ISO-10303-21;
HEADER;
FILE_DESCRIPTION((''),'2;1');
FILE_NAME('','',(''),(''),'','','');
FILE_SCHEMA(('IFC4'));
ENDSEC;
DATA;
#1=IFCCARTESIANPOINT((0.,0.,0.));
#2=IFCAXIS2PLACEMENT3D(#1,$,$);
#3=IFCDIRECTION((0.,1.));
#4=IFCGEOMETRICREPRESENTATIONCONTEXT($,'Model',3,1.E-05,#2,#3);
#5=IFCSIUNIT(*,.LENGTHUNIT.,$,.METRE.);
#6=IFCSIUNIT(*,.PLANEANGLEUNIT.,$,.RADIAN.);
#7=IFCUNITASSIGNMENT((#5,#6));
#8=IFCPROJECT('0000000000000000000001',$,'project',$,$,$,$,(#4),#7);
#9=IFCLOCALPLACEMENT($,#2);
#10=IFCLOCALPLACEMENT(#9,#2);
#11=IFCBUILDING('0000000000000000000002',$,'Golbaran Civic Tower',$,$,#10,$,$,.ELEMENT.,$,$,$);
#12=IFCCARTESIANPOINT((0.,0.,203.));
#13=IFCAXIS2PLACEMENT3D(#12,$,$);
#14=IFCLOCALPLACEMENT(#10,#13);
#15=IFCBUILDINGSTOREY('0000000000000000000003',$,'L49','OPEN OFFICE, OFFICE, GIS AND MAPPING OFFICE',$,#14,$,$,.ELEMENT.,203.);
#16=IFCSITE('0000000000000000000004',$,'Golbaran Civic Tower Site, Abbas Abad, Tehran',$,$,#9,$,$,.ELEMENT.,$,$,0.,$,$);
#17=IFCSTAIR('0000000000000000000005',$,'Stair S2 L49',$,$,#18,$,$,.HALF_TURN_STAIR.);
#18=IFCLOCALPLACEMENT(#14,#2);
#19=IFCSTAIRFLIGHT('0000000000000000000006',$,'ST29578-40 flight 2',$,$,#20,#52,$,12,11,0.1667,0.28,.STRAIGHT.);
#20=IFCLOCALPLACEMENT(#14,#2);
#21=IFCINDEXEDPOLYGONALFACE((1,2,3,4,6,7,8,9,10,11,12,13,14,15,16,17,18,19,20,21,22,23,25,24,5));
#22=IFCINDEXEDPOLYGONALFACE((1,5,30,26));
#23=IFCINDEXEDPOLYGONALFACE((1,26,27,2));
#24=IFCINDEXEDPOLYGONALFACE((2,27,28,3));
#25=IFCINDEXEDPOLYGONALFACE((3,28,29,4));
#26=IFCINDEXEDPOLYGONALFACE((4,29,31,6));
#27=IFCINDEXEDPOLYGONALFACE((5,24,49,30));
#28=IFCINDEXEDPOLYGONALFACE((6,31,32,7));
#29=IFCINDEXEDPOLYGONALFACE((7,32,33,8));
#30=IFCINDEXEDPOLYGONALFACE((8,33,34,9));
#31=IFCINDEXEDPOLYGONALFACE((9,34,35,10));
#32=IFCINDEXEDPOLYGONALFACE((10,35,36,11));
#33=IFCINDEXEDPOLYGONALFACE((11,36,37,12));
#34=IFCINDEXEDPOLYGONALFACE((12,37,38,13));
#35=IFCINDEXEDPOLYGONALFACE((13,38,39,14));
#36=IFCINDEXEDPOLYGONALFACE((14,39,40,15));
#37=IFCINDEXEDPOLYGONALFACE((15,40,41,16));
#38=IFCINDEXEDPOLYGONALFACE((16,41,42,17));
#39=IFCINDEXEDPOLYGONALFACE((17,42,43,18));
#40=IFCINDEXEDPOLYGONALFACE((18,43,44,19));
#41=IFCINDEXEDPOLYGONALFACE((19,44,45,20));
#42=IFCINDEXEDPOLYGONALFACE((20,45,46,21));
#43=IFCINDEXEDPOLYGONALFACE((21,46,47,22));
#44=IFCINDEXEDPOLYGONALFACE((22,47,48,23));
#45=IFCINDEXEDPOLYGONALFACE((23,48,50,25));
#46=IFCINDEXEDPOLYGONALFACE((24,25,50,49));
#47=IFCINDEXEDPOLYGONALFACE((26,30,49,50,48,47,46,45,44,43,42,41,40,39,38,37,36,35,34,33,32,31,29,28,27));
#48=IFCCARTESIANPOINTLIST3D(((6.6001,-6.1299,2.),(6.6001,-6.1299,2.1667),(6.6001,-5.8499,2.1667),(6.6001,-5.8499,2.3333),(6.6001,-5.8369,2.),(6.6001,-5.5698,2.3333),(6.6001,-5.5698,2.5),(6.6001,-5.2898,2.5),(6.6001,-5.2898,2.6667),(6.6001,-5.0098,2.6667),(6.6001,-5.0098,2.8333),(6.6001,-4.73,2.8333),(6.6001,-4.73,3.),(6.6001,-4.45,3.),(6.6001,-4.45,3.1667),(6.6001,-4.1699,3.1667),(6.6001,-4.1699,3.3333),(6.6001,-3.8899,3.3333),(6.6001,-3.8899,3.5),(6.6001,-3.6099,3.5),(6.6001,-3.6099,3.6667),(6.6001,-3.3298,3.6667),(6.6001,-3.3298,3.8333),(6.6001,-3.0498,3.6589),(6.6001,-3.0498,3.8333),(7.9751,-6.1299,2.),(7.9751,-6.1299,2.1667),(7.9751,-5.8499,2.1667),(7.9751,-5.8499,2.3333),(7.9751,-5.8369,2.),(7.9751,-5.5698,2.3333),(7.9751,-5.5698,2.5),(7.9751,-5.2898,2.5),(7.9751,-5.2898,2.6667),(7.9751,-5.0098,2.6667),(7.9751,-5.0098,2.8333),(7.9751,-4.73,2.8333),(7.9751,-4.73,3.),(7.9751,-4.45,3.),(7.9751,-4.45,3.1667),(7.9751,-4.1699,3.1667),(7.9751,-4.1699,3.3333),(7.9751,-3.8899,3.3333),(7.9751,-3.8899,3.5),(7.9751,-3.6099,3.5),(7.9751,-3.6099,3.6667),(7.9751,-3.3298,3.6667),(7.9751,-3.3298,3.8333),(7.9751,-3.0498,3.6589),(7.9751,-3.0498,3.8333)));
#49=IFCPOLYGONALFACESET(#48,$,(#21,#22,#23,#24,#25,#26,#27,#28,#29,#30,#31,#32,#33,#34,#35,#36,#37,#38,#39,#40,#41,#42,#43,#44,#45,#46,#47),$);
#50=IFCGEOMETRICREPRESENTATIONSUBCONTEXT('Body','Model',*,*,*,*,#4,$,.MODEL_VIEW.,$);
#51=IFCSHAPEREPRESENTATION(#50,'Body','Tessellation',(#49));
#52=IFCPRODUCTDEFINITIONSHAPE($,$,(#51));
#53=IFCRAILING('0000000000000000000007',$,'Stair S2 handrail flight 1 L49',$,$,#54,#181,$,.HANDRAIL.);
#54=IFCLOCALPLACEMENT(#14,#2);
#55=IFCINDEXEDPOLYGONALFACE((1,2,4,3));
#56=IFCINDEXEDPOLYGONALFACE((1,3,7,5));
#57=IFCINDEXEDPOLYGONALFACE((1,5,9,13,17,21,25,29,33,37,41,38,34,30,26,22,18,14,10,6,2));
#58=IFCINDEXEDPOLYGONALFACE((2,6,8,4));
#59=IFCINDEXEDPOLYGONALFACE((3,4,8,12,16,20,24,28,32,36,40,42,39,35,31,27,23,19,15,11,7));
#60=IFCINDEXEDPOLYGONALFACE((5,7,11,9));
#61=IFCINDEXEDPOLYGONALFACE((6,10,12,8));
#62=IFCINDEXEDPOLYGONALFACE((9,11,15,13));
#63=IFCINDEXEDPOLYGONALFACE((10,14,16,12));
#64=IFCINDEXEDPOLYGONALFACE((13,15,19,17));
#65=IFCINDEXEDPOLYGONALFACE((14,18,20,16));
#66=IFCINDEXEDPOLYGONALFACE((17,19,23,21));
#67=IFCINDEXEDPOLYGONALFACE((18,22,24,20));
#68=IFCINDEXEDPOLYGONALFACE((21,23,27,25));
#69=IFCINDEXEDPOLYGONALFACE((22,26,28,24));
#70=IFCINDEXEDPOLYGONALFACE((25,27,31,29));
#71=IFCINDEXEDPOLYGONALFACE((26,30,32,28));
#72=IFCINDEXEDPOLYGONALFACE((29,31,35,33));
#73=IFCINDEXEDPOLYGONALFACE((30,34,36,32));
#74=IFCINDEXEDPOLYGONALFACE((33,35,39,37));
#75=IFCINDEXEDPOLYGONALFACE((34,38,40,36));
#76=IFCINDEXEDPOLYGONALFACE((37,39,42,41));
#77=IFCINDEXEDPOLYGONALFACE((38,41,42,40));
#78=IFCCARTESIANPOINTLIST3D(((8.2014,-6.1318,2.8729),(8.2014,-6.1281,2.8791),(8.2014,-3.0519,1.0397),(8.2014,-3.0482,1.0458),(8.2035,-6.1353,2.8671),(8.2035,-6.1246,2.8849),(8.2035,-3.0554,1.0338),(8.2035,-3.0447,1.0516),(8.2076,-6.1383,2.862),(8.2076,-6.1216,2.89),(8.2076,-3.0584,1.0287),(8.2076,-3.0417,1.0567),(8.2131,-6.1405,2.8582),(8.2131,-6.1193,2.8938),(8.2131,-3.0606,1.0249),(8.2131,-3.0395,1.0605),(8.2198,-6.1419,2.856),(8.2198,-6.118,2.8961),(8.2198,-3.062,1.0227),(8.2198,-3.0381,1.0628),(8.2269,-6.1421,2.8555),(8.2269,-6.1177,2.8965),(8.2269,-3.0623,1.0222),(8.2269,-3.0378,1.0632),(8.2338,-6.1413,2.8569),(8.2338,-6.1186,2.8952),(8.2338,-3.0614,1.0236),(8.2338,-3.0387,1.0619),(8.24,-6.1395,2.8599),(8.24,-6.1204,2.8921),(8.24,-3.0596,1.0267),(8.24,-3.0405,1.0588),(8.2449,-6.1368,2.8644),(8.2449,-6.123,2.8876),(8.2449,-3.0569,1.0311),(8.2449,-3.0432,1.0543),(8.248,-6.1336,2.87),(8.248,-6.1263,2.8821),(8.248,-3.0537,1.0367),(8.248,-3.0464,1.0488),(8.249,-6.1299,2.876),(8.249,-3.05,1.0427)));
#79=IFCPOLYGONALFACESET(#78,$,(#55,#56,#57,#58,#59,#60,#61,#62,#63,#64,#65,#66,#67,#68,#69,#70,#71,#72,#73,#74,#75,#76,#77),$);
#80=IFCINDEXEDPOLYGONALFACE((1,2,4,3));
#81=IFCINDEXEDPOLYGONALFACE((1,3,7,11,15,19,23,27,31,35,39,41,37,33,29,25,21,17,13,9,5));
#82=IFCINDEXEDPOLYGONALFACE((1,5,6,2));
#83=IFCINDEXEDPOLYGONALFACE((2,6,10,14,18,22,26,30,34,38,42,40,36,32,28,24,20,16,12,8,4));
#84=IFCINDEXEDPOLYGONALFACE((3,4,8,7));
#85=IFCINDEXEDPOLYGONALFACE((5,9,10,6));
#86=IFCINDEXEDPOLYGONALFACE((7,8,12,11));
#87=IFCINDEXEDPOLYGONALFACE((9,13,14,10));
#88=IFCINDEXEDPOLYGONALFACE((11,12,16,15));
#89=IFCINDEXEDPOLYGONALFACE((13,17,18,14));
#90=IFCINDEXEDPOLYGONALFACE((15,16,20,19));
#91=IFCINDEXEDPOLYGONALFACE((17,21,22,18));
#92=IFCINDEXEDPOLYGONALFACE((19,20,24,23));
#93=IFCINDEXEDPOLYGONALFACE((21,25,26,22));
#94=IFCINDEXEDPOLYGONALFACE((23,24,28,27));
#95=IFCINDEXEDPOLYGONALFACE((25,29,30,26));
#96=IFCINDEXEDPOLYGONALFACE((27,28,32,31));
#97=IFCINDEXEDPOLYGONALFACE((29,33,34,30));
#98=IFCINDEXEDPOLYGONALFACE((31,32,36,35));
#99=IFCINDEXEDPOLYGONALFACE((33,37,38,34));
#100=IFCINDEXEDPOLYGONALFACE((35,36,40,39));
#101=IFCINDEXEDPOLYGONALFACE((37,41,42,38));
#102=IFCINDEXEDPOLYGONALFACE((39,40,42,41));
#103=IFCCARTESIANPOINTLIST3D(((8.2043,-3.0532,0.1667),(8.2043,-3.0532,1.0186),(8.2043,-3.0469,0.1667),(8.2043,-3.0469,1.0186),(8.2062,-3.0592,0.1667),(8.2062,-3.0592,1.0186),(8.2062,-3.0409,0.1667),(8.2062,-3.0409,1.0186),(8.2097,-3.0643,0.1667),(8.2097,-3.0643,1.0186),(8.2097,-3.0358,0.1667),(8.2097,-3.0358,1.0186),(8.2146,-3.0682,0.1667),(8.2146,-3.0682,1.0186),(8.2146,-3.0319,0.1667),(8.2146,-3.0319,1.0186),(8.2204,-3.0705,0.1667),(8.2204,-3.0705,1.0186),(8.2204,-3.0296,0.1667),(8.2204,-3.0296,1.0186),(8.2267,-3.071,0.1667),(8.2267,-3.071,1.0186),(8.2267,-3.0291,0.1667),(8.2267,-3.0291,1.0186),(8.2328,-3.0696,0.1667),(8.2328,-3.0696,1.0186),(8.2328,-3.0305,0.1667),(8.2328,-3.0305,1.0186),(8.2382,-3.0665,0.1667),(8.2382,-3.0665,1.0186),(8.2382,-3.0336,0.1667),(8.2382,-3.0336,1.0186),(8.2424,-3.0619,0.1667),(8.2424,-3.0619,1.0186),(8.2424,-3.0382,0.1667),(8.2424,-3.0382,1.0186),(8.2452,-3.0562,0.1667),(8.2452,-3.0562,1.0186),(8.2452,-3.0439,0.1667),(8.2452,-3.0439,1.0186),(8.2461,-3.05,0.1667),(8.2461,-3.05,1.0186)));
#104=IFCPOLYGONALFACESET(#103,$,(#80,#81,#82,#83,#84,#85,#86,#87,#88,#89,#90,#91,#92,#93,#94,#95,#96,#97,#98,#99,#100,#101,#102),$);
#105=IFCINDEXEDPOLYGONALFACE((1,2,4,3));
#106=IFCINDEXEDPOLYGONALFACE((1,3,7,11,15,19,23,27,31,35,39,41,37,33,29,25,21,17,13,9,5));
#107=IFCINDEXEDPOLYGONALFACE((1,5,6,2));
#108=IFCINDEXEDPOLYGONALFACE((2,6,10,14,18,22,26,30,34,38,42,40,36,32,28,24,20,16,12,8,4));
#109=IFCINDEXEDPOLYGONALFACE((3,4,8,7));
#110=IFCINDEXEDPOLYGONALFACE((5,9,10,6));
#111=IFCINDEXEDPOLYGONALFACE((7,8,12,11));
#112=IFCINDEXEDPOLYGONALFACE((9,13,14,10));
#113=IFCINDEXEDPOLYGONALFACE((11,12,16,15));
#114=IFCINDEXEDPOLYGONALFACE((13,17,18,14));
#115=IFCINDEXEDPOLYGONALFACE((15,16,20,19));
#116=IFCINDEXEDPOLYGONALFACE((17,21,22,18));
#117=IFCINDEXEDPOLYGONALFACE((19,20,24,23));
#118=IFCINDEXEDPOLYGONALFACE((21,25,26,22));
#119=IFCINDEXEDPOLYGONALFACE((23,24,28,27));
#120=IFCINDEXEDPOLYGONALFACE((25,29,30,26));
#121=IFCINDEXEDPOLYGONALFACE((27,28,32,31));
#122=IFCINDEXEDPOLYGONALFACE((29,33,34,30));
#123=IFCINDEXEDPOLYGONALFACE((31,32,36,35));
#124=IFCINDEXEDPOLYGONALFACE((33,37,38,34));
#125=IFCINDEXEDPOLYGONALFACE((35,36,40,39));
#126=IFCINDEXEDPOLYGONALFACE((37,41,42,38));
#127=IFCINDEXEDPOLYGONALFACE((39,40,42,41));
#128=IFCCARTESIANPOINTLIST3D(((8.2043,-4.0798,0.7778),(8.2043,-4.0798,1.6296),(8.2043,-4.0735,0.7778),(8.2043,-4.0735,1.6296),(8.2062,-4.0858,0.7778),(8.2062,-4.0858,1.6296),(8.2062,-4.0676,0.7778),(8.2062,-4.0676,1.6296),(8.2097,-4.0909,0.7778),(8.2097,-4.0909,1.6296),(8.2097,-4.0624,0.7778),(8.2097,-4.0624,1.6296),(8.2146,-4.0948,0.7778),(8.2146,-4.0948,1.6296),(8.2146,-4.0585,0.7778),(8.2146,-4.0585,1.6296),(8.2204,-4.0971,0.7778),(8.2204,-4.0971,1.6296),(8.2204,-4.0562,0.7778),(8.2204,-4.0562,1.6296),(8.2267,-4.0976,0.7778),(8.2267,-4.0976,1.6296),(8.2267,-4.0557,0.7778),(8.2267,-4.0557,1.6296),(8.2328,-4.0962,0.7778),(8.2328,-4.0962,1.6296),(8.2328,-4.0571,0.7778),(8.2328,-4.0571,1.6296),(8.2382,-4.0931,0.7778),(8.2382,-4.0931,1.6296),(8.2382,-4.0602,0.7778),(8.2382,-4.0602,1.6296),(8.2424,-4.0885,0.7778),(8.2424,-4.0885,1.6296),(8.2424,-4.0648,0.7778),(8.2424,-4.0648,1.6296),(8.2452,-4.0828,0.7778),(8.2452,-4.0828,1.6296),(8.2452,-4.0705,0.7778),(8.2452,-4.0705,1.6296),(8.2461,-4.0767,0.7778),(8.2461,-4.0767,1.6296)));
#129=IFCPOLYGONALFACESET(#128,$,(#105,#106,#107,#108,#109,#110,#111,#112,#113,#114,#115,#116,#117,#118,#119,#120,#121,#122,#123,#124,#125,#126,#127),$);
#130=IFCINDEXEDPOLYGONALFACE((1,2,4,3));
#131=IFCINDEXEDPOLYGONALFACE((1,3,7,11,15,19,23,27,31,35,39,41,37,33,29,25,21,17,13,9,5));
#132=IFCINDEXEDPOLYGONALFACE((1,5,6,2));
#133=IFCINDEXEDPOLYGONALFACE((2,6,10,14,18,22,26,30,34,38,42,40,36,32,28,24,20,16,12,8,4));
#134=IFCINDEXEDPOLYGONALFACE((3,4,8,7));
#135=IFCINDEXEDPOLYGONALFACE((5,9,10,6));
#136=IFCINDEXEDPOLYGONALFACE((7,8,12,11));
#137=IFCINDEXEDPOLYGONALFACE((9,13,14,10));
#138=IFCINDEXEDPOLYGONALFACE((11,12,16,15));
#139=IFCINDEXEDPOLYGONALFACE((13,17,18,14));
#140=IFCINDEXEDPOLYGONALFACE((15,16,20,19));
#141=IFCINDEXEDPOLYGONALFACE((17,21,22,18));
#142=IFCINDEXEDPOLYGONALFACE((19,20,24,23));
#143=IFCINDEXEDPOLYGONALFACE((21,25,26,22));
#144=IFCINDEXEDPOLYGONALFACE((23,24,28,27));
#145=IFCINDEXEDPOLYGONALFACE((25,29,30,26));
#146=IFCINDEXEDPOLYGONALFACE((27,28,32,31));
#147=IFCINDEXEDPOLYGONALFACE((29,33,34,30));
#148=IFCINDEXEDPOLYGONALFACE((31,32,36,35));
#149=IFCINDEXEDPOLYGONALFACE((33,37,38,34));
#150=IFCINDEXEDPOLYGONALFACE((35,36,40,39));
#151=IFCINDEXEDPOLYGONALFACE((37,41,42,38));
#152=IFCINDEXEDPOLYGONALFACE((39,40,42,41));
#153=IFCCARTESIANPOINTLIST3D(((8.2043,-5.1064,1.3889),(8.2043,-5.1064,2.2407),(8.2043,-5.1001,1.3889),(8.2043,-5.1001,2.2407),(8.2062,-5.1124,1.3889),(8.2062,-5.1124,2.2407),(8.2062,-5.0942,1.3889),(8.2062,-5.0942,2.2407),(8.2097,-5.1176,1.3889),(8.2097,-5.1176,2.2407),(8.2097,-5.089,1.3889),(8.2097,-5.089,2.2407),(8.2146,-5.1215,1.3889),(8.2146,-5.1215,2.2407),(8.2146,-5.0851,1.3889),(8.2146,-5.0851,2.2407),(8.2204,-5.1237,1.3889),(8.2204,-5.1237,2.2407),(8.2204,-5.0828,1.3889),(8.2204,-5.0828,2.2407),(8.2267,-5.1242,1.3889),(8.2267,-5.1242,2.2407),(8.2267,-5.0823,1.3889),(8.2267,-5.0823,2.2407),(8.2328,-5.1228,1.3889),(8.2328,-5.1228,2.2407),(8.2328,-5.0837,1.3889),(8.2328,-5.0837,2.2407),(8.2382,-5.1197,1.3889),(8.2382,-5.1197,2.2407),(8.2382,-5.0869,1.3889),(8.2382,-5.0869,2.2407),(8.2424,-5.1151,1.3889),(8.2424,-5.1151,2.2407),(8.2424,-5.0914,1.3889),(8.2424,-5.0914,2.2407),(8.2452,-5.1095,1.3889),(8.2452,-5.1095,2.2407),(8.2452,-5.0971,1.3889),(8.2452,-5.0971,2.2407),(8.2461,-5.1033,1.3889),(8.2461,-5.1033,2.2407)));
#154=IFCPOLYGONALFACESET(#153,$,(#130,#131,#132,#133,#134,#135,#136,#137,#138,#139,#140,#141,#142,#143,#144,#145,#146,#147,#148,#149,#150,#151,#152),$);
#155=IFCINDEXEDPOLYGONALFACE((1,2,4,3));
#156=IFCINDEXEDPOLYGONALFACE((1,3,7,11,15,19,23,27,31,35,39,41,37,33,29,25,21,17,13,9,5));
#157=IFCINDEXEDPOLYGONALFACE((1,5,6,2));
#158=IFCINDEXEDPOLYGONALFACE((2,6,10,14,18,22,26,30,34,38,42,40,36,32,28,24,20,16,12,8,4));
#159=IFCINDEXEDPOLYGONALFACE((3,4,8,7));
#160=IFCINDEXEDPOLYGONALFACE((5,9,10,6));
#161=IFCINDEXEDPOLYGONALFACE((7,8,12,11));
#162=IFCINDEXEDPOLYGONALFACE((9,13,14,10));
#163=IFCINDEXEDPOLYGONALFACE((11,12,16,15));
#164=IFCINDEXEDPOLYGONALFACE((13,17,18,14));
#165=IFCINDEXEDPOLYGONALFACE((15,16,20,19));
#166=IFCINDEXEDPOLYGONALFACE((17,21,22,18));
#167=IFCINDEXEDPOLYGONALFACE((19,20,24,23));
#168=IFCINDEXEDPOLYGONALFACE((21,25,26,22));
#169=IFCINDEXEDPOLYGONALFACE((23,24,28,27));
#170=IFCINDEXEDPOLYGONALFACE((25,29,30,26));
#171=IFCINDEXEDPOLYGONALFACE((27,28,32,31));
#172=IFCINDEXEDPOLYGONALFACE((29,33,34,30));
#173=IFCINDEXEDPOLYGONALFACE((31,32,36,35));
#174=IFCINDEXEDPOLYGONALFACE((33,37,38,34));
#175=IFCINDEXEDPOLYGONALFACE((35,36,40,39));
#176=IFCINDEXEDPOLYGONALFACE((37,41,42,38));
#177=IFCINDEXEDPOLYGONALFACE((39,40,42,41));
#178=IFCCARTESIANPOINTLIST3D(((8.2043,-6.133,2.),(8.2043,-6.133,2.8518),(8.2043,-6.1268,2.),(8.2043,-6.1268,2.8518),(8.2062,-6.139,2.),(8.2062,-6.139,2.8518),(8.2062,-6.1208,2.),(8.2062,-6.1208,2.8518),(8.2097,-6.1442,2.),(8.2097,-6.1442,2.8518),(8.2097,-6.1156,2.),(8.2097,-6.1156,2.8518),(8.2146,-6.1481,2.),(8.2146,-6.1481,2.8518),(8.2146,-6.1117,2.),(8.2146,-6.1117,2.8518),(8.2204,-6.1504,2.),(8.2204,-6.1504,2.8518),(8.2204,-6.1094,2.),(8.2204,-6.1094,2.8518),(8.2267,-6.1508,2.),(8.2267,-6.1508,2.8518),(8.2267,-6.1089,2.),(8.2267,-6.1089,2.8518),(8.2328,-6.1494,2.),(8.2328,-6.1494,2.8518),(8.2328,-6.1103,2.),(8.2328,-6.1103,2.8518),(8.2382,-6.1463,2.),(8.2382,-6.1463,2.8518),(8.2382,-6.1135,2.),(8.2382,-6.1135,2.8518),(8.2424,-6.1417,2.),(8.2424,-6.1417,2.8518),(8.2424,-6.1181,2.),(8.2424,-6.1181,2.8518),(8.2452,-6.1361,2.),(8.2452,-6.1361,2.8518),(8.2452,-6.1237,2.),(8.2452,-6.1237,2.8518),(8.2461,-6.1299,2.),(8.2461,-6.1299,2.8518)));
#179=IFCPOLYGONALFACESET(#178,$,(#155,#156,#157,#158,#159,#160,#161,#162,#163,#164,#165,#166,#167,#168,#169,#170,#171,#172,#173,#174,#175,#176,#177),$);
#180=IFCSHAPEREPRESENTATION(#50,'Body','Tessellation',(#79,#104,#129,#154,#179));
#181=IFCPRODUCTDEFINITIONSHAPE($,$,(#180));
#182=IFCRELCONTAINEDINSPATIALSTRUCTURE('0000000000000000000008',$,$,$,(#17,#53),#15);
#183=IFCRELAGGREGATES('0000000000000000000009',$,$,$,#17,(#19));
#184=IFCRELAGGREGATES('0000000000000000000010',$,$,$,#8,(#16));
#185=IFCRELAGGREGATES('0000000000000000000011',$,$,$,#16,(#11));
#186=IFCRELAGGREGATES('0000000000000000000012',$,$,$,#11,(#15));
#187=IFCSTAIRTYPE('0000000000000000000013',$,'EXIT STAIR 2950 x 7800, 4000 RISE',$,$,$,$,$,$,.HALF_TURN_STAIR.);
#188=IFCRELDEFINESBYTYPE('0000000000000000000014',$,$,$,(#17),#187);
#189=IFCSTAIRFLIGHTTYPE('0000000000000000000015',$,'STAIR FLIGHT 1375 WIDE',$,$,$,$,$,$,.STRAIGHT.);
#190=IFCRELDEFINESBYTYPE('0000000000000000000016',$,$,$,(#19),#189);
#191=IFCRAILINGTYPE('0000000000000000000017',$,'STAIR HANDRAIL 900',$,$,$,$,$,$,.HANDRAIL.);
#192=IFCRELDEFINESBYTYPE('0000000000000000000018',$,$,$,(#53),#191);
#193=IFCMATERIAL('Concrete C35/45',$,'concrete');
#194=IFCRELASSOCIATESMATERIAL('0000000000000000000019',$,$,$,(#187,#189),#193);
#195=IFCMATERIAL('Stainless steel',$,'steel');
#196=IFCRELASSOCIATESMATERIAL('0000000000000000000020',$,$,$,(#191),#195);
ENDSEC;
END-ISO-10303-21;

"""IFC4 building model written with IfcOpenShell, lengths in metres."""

from ifc_helpers import new_model, si_unit, direction, frame, origin, origin_2d, place, context, subcontext, project, spatial, polyline, circle, outline, extrude, material, type_object, element, aggregate, save


model = new_model("IFC4")

# Units and contexts
model_context = context("Model", 3, precision=1e-05, world=origin(), true_north=direction((0.0, 1.0)))
body_context = subcontext(model_context, "Body", "Model", "MODEL_VIEW")
ifc_project = project(units=[si_unit("LENGTHUNIT", "METRE"), si_unit("PLANEANGLEUNIT", "RADIAN")], contexts=[model_context])

# Site, building, storey
site_placement = place(None, origin())
site = spatial("IfcSite", under=ifc_project, at=site_placement, Name="Golbaran Civic Tower Site, Abbas Abad, Tehran", CompositionType="ELEMENT", RefElevation=0.0)
building_placement = place(site_placement, origin())
building = spatial("IfcBuilding", under=site, at=building_placement, Name="Golbaran Civic Tower", CompositionType="ELEMENT")
storey_placement = place(building_placement, frame((0.0, 0.0, 203.0)))
storey = spatial("IfcBuildingStorey", under=building, at=storey_placement, Name="L49", Description="OPEN OFFICE, OFFICE, GIS AND MAPPING OFFICE", CompositionType="ELEMENT", Elevation=203.0)

# Shared definitions
ifc_material_1 = material(Name="Concrete C35/45", Category="concrete")

# Stair
stair_type = type_object("IfcStairType", Name="EXIT STAIR 2950 x 7800, 4000 RISE", PredefinedType="HALF_TURN_STAIR", material=ifc_material_1)
stair_placement = place(storey_placement, origin())
stair = element("IfcStair", 1, at=stair_placement, inside=storey, type_object=stair_type, Name="Stair S2 L49", PredefinedType="HALF_TURN_STAIR")

# Shared definitions
ifc_material_2 = material(Name="Stainless steel", Category="steel")

# Stair flight
stair_flight_type = type_object("IfcStairFlightType", Name="STAIR FLIGHT 1375 WIDE", PredefinedType="STRAIGHT", material=ifc_material_1)
stair_flight_1_placement = place(storey_placement, frame((7.2876, -6.1299, 2.0), z_axis=(0.0, 0.0, 1.0), x_axis=(0.0, 1.0, 0.0)))
stair_flight_1 = element("IfcStairFlight", 2, at=stair_flight_1_placement, type_object=stair_flight_type, Name="ST29578-40 flight 2", NumberOfRisers=12, NumberOfTreads=11, PredefinedType="STRAIGHT", RiserHeight=0.1667, TreadLength=0.28, context=body_context, shape_type="SweptSolid", body=[
    extrude(outline(polyline([(0.0, 0.0), (0.0, 0.1667), (0.28, 0.1667), (0.28, 0.3333), (0.5601, 0.3333), (0.5601, 0.5), (0.8401, 0.5), (0.8401, 0.6667), (1.1201, 0.6667), (1.1201, 0.8333), (1.3999, 0.8333), (1.3999, 1.0), (1.6799, 1.0), (1.6799, 1.1667), (1.96, 1.1667), (1.96, 1.3333), (2.24, 1.3333), (2.24, 1.5), (2.52, 1.5), (2.52, 1.6667), (2.8, 1.6667), (2.8, 1.8333), (3.0801, 1.8333), (3.0801, 2.0), (3.0801, 1.6589), (0.293, 0.0), (0.0, 0.0)])), frame((0.0, 0.6875, 0.0), z_axis=(0.0, -1.0, 0.0), x_axis=(1.0, 0.0, 0.0)), (0.0, 0.0, 1.0), 1.375),
])
aggregate(stair, [stair_flight_1])

# Railing
railing_type = type_object("IfcRailingType", Name="STAIR HANDRAIL 900", PredefinedType="HANDRAIL", material=ifc_material_2)
railing_1_placement = place(storey_placement, frame((8.2251, -3.05, 0.1667)))
element("IfcRailing", 3, at=railing_1_placement, inside=storey, type_object=railing_type, Name="Stair S2 handrail flight 1 L49", PredefinedType="HANDRAIL", context=body_context, shape_type="SweptSolid", body=[
    extrude(circle(Radius=0.0239, at=origin_2d()), frame((0.0, 0.0, 0.876), z_axis=(0.0, -0.859291, 0.511487), x_axis=(1.0, 0.0, 0.0)), (0.0, 0.0, 1.0), 3.5842),
    extrude(circle(Radius=0.021, at=origin_2d()), origin(), (0.0, 0.0, 1.0), 0.8518),
    extrude(circle(Radius=0.021, at=origin_2d()), frame((0.0, -1.0266, 0.6111)), (0.0, 0.0, 1.0), 0.8518),
    extrude(circle(Radius=0.021, at=origin_2d()), frame((0.0, -2.0532, 1.2222)), (0.0, 0.0, 1.0), 0.8518),
    extrude(circle(Radius=0.021, at=origin_2d()), frame((0.0, -3.0798, 1.8333)), (0.0, 0.0, 1.0), 0.8518),
])

save(model, "model.ifc")
